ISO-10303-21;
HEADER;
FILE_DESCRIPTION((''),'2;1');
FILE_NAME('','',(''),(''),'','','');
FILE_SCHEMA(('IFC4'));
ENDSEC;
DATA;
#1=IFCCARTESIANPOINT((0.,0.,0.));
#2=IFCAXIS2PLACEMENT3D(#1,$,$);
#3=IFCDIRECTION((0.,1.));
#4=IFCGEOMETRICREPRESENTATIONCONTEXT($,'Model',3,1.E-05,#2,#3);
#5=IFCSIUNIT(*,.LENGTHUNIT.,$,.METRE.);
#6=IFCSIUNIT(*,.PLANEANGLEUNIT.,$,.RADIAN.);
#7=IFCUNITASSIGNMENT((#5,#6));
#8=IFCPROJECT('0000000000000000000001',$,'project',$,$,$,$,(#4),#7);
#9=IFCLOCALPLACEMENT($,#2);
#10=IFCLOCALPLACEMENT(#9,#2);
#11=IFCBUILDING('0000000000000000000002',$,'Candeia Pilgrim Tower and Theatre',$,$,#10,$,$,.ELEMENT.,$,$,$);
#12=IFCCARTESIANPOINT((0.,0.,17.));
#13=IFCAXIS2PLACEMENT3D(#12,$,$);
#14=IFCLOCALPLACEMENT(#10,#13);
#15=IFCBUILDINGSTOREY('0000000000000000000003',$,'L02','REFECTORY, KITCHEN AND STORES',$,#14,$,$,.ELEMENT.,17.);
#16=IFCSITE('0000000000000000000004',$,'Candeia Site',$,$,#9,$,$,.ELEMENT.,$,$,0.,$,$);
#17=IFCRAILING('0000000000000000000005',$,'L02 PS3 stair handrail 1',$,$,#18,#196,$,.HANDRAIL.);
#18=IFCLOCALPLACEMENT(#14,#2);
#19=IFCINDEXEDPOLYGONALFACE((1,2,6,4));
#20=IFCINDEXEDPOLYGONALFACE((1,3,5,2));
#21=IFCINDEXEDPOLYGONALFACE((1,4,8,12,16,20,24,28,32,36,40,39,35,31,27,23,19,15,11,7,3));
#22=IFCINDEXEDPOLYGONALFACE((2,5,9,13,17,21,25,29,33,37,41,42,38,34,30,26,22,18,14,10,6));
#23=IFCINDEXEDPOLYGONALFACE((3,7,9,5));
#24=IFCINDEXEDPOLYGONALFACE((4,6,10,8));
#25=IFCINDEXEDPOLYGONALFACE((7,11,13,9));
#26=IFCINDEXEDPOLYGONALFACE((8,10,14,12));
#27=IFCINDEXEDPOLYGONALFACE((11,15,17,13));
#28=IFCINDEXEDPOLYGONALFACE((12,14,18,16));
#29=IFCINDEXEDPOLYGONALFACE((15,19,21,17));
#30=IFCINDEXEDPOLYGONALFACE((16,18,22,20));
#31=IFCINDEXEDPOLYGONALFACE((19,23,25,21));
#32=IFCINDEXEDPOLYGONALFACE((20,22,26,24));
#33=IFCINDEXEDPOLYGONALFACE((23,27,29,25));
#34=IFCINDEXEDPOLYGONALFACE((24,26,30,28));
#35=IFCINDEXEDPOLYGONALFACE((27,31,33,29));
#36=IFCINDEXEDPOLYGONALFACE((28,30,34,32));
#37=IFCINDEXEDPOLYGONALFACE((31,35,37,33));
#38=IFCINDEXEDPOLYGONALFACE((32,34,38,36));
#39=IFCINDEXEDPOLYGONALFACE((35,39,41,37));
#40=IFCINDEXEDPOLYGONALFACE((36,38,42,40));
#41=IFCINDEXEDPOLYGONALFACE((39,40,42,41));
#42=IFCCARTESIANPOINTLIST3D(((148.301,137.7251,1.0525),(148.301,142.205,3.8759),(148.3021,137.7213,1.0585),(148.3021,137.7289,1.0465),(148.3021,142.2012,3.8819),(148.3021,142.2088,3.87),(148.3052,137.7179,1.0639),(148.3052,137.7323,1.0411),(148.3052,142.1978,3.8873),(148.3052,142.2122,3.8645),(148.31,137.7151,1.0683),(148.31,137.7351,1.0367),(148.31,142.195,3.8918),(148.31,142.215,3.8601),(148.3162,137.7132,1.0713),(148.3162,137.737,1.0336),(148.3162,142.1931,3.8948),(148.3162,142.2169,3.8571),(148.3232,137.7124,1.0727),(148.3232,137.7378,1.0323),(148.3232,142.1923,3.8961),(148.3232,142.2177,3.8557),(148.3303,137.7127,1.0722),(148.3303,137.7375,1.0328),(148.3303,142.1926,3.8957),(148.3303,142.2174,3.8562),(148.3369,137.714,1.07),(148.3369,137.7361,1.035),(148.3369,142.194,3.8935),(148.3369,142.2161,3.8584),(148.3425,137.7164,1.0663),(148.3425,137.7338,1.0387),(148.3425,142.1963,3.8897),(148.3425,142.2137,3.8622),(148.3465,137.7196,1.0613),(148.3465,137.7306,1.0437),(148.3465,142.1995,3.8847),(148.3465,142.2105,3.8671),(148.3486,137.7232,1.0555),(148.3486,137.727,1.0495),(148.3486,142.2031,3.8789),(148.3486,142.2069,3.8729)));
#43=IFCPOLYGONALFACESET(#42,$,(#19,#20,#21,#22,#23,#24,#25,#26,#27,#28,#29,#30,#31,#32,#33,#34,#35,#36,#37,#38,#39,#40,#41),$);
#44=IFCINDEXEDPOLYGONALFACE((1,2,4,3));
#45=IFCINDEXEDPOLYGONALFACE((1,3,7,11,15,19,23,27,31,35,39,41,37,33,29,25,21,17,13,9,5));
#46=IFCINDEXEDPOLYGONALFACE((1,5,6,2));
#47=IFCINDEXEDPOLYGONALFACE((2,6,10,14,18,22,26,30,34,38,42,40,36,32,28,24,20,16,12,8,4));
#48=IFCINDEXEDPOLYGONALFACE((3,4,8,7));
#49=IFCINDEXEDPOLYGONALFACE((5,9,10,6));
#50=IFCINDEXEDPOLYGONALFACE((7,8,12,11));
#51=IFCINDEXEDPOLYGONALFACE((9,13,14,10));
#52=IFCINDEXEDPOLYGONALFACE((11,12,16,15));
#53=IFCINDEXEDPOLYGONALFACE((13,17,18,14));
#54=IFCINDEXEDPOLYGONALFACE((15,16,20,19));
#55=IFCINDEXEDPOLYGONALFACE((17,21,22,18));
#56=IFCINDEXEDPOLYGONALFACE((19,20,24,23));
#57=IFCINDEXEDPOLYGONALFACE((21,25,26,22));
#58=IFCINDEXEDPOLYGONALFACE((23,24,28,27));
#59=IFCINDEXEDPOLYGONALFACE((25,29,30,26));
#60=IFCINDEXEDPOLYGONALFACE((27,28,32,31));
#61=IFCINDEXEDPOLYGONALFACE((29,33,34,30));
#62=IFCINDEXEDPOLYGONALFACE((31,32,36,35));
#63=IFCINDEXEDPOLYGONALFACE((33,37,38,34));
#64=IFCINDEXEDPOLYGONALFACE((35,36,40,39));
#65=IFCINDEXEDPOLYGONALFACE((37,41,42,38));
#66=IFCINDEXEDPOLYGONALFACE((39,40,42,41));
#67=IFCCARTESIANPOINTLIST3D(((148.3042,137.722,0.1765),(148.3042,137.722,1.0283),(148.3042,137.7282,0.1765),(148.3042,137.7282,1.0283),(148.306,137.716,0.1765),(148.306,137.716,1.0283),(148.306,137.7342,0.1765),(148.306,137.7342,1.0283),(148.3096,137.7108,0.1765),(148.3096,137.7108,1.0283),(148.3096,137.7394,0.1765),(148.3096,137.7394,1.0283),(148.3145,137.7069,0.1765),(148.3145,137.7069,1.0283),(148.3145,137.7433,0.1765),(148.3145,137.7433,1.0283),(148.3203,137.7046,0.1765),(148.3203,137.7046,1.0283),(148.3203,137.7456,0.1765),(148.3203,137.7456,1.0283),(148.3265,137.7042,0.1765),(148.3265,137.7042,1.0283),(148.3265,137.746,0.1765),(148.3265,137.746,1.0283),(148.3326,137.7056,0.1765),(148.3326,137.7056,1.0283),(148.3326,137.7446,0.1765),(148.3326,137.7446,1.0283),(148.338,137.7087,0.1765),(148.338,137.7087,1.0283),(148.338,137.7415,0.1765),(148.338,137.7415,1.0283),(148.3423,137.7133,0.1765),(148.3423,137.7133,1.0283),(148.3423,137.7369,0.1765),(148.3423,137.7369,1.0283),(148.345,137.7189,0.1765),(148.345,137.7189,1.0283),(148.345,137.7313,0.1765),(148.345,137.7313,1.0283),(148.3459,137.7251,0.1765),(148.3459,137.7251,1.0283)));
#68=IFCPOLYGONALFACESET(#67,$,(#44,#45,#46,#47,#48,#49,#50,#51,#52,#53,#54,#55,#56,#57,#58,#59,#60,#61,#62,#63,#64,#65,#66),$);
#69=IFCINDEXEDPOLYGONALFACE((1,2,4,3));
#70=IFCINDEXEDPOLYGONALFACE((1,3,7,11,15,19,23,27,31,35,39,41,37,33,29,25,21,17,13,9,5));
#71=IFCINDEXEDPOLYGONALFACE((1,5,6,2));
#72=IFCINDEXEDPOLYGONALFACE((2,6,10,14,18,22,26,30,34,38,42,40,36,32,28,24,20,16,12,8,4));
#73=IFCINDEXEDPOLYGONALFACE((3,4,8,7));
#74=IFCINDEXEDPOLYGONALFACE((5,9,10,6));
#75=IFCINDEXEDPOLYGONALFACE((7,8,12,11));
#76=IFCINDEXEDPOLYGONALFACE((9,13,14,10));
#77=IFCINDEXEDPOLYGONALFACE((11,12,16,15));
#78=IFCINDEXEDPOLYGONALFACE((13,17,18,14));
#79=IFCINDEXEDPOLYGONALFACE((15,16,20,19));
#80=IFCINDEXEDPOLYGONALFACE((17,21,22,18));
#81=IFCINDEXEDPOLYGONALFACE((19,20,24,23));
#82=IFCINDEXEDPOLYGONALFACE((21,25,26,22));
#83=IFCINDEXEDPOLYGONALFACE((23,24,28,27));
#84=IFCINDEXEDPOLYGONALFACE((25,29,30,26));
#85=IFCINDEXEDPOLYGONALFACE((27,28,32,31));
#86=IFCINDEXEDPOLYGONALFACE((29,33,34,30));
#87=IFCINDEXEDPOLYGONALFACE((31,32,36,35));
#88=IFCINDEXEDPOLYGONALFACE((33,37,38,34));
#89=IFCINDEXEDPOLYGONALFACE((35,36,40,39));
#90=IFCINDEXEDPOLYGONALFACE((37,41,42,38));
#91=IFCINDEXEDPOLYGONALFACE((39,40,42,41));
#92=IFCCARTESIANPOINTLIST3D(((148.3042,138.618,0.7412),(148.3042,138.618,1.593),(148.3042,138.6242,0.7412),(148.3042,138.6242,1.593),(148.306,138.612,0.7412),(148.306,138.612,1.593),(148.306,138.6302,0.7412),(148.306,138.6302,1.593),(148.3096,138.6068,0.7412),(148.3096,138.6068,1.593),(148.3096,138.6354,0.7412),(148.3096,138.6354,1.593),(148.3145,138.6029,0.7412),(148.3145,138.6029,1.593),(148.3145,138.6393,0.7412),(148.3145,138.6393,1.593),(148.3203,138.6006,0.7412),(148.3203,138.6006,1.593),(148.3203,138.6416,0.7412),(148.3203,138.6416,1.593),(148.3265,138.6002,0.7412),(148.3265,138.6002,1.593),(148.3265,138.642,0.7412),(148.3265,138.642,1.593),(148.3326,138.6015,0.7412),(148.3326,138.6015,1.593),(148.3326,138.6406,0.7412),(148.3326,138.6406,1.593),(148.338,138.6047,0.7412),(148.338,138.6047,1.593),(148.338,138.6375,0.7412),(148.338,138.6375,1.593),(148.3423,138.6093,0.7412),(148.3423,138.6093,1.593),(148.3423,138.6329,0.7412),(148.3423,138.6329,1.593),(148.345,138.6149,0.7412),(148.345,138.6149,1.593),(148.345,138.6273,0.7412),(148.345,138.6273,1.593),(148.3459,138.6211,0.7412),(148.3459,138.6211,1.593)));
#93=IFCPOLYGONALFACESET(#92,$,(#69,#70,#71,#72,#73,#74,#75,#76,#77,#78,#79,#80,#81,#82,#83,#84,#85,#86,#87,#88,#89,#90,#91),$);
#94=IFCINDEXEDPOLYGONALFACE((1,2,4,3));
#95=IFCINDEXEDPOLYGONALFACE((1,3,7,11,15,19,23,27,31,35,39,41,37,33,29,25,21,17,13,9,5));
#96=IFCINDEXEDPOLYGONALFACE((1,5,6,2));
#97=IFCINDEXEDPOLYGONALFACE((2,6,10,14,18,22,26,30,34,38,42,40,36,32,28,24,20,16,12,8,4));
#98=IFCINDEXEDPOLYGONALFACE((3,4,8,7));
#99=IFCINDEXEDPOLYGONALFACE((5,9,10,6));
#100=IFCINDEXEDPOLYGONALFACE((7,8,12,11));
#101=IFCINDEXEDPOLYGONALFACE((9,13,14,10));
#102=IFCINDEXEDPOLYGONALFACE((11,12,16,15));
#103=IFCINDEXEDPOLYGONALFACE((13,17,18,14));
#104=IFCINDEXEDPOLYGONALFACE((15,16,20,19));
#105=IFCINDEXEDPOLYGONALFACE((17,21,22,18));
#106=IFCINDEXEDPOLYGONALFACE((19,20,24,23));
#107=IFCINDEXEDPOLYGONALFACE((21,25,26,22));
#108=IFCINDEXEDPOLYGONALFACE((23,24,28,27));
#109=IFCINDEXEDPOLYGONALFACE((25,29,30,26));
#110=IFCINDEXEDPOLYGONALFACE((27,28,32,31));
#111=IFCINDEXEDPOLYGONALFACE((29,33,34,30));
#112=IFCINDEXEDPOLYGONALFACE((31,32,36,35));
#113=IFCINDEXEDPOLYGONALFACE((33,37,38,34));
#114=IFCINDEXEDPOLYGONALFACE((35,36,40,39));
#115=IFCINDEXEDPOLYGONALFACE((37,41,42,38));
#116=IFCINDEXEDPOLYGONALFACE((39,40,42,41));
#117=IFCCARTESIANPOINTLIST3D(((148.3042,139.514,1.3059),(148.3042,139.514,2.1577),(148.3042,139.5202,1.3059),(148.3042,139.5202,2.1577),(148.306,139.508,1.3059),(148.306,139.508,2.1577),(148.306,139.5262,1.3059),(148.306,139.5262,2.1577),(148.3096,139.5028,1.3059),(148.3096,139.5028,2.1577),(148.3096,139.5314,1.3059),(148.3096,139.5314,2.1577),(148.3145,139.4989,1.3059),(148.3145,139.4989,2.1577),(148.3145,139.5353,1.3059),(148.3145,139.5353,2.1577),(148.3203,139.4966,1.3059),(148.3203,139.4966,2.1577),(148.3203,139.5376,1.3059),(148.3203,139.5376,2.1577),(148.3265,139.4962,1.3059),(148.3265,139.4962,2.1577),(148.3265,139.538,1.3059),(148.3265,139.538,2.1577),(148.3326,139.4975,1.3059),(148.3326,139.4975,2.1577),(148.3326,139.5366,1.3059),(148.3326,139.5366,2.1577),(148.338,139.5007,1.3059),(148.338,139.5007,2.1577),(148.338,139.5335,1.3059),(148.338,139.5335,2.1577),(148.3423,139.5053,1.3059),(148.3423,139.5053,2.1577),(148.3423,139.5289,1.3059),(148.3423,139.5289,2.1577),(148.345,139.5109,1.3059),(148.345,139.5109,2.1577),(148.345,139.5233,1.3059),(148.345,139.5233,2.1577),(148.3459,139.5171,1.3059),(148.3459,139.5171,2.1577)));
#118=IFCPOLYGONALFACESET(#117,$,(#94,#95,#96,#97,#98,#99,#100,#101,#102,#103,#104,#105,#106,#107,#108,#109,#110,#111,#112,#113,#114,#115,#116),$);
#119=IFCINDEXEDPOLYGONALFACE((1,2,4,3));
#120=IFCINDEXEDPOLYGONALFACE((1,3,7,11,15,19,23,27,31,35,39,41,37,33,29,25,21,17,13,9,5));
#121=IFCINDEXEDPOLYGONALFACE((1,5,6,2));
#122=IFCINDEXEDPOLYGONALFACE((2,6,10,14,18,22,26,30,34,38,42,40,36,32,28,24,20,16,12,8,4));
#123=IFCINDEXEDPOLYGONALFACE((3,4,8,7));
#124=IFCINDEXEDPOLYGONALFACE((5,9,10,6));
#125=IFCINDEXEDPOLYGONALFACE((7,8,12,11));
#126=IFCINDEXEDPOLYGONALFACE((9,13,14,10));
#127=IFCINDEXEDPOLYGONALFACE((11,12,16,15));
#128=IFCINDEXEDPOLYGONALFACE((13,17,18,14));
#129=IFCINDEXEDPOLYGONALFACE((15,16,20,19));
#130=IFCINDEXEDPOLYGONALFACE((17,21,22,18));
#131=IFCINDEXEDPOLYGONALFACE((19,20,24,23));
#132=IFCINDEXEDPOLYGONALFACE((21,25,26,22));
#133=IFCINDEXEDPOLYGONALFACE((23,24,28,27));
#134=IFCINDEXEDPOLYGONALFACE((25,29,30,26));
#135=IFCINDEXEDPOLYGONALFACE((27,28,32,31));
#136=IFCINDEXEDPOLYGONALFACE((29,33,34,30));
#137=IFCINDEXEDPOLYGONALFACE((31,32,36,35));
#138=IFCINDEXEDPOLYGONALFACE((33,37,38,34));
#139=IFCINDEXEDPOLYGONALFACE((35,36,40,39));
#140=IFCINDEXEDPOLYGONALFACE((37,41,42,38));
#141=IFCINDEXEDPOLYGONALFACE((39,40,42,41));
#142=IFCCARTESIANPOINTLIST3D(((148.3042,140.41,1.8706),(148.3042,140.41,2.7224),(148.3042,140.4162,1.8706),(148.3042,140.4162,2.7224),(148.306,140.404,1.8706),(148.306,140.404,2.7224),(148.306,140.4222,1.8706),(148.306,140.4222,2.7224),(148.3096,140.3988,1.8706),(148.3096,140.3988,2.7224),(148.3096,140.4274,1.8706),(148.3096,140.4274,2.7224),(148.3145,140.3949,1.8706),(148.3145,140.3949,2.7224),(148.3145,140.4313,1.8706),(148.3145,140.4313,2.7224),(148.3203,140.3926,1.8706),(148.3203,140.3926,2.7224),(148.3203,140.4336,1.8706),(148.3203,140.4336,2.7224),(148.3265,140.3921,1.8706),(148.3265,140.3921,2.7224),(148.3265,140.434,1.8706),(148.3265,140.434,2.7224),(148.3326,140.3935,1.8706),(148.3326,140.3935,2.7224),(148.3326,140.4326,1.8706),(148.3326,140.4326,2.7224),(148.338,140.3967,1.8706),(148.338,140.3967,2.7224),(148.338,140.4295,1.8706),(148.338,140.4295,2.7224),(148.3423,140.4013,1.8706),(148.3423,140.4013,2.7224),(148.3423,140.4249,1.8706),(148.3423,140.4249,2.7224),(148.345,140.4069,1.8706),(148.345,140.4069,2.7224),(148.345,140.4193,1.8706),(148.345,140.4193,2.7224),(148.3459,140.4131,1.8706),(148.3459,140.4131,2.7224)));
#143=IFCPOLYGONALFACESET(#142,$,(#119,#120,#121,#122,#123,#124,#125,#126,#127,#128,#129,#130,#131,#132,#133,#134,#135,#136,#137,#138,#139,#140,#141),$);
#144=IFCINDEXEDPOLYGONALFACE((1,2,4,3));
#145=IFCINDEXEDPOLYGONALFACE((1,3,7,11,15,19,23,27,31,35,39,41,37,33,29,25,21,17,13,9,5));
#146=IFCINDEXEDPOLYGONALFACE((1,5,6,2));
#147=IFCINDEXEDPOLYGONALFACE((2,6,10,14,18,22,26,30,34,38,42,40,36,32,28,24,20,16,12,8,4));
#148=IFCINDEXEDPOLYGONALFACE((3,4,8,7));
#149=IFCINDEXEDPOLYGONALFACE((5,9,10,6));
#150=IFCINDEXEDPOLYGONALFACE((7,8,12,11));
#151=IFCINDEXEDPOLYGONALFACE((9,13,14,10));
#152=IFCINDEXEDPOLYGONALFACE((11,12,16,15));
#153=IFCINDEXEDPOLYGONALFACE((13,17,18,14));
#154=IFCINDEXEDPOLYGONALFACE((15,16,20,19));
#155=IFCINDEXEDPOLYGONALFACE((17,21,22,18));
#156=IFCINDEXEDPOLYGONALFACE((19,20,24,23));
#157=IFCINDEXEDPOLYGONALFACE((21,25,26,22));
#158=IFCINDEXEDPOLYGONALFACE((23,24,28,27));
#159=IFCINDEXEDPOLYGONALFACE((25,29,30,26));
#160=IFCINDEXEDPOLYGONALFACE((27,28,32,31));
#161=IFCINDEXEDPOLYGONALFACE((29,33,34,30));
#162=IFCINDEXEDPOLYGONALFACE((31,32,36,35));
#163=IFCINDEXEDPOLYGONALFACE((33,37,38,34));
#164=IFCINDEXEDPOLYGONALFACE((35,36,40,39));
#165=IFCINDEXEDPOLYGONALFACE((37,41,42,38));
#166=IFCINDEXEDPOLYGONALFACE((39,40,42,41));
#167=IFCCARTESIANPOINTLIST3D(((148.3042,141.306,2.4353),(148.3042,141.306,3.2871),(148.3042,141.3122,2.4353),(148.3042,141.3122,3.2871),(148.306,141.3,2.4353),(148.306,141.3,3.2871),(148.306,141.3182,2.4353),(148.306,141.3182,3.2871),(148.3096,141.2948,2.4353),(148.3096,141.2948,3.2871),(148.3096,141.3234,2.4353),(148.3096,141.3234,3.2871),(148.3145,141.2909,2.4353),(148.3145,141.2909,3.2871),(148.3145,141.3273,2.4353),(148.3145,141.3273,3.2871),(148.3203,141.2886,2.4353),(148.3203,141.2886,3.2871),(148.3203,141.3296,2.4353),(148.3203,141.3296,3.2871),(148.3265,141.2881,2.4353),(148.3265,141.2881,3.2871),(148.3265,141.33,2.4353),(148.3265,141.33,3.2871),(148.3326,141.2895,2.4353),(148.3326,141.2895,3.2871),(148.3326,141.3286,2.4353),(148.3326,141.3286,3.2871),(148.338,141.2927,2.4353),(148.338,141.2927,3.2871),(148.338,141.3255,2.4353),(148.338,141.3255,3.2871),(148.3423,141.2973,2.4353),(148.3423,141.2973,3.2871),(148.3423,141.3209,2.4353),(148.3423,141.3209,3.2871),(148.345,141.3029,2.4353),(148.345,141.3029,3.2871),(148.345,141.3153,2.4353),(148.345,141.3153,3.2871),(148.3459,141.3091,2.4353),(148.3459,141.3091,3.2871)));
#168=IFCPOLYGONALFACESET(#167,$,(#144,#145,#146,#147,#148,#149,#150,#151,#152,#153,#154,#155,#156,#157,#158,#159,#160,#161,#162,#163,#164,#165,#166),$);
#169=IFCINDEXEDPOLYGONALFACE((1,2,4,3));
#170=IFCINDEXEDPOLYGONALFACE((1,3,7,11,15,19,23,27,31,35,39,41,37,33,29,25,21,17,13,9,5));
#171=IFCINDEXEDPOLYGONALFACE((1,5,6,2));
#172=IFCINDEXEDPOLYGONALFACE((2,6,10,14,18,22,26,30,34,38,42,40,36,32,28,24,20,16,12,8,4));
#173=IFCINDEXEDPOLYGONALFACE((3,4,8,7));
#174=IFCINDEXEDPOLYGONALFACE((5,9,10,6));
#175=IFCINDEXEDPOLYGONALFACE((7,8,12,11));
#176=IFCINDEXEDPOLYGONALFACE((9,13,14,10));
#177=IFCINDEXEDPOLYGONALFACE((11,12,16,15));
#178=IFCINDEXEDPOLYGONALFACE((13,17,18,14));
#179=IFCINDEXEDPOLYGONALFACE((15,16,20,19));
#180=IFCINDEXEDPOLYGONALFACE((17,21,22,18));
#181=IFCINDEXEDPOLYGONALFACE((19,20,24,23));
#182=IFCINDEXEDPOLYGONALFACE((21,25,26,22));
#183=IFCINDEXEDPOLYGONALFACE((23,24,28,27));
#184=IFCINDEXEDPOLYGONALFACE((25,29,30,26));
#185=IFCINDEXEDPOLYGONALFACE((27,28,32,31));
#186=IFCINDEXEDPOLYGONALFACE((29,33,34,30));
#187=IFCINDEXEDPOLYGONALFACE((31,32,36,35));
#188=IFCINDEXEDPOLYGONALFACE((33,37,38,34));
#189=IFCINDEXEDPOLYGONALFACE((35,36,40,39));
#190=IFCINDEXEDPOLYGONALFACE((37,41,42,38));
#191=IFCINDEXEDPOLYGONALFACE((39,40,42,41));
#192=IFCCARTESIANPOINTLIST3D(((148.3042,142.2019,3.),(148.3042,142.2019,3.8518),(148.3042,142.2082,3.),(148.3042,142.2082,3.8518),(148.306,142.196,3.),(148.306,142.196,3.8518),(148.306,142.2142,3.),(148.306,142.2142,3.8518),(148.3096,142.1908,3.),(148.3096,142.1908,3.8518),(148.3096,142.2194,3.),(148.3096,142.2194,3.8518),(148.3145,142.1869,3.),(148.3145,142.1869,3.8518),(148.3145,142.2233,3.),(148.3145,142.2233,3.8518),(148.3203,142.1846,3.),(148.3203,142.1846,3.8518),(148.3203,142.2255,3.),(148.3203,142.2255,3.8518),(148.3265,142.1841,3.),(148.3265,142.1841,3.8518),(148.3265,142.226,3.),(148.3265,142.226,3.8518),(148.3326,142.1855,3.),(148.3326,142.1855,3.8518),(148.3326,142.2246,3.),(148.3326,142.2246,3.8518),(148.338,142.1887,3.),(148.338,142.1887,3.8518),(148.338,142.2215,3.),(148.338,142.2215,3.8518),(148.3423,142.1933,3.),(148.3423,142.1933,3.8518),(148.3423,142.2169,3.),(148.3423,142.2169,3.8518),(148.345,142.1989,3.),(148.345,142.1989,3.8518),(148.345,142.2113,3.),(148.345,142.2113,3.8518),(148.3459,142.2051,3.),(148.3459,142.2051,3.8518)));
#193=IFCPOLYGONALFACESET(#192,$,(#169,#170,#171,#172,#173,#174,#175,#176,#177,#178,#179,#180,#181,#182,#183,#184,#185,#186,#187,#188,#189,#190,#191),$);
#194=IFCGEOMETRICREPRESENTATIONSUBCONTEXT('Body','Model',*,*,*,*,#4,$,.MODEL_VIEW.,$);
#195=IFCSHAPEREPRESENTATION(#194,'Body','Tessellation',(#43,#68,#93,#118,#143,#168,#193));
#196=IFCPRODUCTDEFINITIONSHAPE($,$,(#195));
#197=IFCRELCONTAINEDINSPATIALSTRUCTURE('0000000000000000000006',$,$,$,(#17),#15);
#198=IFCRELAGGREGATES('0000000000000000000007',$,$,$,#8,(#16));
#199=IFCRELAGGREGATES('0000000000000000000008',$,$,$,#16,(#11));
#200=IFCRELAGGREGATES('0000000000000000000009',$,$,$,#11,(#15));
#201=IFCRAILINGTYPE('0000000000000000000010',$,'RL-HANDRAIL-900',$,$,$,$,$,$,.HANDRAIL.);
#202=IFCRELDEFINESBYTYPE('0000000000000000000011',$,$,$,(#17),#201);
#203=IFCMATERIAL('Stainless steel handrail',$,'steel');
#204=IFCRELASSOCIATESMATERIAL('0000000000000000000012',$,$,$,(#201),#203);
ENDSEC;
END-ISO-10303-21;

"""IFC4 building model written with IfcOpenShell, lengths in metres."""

from ifc_helpers import new_model, si_unit, direction, frame, origin, origin_2d, place, context, subcontext, project, spatial, circle, extrude, material, type_object, element, save


model = new_model("IFC4")

# Units and contexts
model_context = context("Model", 3, precision=1e-05, world=origin(), true_north=direction((0.0, 1.0)))
body_context = subcontext(model_context, "Body", "Model", "MODEL_VIEW")
ifc_project = project(units=[si_unit("LENGTHUNIT", "METRE"), si_unit("PLANEANGLEUNIT", "RADIAN")], contexts=[model_context])

# Site, building, storey
site_placement = place(None, origin())
site = spatial("IfcSite", under=ifc_project, at=site_placement, Name="Candeia Site", CompositionType="ELEMENT", RefElevation=0.0)
building_placement = place(site_placement, origin())
building = spatial("IfcBuilding", under=site, at=building_placement, Name="Candeia Pilgrim Tower and Theatre", CompositionType="ELEMENT")
storey_placement = place(building_placement, frame((0.0, 0.0, 17.0)))
storey = spatial("IfcBuildingStorey", under=building, at=storey_placement, Name="L02", Description="REFECTORY, KITCHEN AND STORES", CompositionType="ELEMENT", Elevation=17.0)

# Railing
ifc_material_1 = material(Name="Stainless steel handrail", Category="steel")
railing_type_1 = type_object("IfcRailingType", Name="RL-HANDRAIL-900", PredefinedType="HANDRAIL", material=ifc_material_1)
for number, where, name in (
    (1, (148.325, 137.7251, 0.1765), "L02 PS3 stair handrail 1"),
):
    element("IfcRailing", number, at=place(storey_placement, frame(where)), inside=storey, type_object=railing_type_1, Name=name, PredefinedType="HANDRAIL", context=body_context, shape_type="SweptSolid", body=[
        extrude(circle(Radius=0.0239, at=origin_2d()), frame((0.0, 0.0, 0.876), z_axis=(0.0, 0.845998, 0.533186), x_axis=(-1.0, 0.0, 0.0)), (0.0, 0.0, 1.0), 5.2954),
        extrude(circle(Radius=0.021, at=origin_2d()), origin(), (0.0, 0.0, 1.0), 0.8518),
        extrude(circle(Radius=0.021, at=origin_2d()), frame((0.0, 0.896, 0.5647)), (0.0, 0.0, 1.0), 0.8518),
        extrude(circle(Radius=0.021, at=origin_2d()), frame((0.0, 1.792, 1.1294)), (0.0, 0.0, 1.0), 0.8518),
        extrude(circle(Radius=0.021, at=origin_2d()), frame((0.0, 2.688, 1.6941)), (0.0, 0.0, 1.0), 0.8518),
        extrude(circle(Radius=0.021, at=origin_2d()), frame((0.0, 3.584, 2.2588)), (0.0, 0.0, 1.0), 0.8518),
        extrude(circle(Radius=0.021, at=origin_2d()), frame((0.0, 4.48, 2.8235)), (0.0, 0.0, 1.0), 0.8518),
    ])

save(model, "model.ifc")
